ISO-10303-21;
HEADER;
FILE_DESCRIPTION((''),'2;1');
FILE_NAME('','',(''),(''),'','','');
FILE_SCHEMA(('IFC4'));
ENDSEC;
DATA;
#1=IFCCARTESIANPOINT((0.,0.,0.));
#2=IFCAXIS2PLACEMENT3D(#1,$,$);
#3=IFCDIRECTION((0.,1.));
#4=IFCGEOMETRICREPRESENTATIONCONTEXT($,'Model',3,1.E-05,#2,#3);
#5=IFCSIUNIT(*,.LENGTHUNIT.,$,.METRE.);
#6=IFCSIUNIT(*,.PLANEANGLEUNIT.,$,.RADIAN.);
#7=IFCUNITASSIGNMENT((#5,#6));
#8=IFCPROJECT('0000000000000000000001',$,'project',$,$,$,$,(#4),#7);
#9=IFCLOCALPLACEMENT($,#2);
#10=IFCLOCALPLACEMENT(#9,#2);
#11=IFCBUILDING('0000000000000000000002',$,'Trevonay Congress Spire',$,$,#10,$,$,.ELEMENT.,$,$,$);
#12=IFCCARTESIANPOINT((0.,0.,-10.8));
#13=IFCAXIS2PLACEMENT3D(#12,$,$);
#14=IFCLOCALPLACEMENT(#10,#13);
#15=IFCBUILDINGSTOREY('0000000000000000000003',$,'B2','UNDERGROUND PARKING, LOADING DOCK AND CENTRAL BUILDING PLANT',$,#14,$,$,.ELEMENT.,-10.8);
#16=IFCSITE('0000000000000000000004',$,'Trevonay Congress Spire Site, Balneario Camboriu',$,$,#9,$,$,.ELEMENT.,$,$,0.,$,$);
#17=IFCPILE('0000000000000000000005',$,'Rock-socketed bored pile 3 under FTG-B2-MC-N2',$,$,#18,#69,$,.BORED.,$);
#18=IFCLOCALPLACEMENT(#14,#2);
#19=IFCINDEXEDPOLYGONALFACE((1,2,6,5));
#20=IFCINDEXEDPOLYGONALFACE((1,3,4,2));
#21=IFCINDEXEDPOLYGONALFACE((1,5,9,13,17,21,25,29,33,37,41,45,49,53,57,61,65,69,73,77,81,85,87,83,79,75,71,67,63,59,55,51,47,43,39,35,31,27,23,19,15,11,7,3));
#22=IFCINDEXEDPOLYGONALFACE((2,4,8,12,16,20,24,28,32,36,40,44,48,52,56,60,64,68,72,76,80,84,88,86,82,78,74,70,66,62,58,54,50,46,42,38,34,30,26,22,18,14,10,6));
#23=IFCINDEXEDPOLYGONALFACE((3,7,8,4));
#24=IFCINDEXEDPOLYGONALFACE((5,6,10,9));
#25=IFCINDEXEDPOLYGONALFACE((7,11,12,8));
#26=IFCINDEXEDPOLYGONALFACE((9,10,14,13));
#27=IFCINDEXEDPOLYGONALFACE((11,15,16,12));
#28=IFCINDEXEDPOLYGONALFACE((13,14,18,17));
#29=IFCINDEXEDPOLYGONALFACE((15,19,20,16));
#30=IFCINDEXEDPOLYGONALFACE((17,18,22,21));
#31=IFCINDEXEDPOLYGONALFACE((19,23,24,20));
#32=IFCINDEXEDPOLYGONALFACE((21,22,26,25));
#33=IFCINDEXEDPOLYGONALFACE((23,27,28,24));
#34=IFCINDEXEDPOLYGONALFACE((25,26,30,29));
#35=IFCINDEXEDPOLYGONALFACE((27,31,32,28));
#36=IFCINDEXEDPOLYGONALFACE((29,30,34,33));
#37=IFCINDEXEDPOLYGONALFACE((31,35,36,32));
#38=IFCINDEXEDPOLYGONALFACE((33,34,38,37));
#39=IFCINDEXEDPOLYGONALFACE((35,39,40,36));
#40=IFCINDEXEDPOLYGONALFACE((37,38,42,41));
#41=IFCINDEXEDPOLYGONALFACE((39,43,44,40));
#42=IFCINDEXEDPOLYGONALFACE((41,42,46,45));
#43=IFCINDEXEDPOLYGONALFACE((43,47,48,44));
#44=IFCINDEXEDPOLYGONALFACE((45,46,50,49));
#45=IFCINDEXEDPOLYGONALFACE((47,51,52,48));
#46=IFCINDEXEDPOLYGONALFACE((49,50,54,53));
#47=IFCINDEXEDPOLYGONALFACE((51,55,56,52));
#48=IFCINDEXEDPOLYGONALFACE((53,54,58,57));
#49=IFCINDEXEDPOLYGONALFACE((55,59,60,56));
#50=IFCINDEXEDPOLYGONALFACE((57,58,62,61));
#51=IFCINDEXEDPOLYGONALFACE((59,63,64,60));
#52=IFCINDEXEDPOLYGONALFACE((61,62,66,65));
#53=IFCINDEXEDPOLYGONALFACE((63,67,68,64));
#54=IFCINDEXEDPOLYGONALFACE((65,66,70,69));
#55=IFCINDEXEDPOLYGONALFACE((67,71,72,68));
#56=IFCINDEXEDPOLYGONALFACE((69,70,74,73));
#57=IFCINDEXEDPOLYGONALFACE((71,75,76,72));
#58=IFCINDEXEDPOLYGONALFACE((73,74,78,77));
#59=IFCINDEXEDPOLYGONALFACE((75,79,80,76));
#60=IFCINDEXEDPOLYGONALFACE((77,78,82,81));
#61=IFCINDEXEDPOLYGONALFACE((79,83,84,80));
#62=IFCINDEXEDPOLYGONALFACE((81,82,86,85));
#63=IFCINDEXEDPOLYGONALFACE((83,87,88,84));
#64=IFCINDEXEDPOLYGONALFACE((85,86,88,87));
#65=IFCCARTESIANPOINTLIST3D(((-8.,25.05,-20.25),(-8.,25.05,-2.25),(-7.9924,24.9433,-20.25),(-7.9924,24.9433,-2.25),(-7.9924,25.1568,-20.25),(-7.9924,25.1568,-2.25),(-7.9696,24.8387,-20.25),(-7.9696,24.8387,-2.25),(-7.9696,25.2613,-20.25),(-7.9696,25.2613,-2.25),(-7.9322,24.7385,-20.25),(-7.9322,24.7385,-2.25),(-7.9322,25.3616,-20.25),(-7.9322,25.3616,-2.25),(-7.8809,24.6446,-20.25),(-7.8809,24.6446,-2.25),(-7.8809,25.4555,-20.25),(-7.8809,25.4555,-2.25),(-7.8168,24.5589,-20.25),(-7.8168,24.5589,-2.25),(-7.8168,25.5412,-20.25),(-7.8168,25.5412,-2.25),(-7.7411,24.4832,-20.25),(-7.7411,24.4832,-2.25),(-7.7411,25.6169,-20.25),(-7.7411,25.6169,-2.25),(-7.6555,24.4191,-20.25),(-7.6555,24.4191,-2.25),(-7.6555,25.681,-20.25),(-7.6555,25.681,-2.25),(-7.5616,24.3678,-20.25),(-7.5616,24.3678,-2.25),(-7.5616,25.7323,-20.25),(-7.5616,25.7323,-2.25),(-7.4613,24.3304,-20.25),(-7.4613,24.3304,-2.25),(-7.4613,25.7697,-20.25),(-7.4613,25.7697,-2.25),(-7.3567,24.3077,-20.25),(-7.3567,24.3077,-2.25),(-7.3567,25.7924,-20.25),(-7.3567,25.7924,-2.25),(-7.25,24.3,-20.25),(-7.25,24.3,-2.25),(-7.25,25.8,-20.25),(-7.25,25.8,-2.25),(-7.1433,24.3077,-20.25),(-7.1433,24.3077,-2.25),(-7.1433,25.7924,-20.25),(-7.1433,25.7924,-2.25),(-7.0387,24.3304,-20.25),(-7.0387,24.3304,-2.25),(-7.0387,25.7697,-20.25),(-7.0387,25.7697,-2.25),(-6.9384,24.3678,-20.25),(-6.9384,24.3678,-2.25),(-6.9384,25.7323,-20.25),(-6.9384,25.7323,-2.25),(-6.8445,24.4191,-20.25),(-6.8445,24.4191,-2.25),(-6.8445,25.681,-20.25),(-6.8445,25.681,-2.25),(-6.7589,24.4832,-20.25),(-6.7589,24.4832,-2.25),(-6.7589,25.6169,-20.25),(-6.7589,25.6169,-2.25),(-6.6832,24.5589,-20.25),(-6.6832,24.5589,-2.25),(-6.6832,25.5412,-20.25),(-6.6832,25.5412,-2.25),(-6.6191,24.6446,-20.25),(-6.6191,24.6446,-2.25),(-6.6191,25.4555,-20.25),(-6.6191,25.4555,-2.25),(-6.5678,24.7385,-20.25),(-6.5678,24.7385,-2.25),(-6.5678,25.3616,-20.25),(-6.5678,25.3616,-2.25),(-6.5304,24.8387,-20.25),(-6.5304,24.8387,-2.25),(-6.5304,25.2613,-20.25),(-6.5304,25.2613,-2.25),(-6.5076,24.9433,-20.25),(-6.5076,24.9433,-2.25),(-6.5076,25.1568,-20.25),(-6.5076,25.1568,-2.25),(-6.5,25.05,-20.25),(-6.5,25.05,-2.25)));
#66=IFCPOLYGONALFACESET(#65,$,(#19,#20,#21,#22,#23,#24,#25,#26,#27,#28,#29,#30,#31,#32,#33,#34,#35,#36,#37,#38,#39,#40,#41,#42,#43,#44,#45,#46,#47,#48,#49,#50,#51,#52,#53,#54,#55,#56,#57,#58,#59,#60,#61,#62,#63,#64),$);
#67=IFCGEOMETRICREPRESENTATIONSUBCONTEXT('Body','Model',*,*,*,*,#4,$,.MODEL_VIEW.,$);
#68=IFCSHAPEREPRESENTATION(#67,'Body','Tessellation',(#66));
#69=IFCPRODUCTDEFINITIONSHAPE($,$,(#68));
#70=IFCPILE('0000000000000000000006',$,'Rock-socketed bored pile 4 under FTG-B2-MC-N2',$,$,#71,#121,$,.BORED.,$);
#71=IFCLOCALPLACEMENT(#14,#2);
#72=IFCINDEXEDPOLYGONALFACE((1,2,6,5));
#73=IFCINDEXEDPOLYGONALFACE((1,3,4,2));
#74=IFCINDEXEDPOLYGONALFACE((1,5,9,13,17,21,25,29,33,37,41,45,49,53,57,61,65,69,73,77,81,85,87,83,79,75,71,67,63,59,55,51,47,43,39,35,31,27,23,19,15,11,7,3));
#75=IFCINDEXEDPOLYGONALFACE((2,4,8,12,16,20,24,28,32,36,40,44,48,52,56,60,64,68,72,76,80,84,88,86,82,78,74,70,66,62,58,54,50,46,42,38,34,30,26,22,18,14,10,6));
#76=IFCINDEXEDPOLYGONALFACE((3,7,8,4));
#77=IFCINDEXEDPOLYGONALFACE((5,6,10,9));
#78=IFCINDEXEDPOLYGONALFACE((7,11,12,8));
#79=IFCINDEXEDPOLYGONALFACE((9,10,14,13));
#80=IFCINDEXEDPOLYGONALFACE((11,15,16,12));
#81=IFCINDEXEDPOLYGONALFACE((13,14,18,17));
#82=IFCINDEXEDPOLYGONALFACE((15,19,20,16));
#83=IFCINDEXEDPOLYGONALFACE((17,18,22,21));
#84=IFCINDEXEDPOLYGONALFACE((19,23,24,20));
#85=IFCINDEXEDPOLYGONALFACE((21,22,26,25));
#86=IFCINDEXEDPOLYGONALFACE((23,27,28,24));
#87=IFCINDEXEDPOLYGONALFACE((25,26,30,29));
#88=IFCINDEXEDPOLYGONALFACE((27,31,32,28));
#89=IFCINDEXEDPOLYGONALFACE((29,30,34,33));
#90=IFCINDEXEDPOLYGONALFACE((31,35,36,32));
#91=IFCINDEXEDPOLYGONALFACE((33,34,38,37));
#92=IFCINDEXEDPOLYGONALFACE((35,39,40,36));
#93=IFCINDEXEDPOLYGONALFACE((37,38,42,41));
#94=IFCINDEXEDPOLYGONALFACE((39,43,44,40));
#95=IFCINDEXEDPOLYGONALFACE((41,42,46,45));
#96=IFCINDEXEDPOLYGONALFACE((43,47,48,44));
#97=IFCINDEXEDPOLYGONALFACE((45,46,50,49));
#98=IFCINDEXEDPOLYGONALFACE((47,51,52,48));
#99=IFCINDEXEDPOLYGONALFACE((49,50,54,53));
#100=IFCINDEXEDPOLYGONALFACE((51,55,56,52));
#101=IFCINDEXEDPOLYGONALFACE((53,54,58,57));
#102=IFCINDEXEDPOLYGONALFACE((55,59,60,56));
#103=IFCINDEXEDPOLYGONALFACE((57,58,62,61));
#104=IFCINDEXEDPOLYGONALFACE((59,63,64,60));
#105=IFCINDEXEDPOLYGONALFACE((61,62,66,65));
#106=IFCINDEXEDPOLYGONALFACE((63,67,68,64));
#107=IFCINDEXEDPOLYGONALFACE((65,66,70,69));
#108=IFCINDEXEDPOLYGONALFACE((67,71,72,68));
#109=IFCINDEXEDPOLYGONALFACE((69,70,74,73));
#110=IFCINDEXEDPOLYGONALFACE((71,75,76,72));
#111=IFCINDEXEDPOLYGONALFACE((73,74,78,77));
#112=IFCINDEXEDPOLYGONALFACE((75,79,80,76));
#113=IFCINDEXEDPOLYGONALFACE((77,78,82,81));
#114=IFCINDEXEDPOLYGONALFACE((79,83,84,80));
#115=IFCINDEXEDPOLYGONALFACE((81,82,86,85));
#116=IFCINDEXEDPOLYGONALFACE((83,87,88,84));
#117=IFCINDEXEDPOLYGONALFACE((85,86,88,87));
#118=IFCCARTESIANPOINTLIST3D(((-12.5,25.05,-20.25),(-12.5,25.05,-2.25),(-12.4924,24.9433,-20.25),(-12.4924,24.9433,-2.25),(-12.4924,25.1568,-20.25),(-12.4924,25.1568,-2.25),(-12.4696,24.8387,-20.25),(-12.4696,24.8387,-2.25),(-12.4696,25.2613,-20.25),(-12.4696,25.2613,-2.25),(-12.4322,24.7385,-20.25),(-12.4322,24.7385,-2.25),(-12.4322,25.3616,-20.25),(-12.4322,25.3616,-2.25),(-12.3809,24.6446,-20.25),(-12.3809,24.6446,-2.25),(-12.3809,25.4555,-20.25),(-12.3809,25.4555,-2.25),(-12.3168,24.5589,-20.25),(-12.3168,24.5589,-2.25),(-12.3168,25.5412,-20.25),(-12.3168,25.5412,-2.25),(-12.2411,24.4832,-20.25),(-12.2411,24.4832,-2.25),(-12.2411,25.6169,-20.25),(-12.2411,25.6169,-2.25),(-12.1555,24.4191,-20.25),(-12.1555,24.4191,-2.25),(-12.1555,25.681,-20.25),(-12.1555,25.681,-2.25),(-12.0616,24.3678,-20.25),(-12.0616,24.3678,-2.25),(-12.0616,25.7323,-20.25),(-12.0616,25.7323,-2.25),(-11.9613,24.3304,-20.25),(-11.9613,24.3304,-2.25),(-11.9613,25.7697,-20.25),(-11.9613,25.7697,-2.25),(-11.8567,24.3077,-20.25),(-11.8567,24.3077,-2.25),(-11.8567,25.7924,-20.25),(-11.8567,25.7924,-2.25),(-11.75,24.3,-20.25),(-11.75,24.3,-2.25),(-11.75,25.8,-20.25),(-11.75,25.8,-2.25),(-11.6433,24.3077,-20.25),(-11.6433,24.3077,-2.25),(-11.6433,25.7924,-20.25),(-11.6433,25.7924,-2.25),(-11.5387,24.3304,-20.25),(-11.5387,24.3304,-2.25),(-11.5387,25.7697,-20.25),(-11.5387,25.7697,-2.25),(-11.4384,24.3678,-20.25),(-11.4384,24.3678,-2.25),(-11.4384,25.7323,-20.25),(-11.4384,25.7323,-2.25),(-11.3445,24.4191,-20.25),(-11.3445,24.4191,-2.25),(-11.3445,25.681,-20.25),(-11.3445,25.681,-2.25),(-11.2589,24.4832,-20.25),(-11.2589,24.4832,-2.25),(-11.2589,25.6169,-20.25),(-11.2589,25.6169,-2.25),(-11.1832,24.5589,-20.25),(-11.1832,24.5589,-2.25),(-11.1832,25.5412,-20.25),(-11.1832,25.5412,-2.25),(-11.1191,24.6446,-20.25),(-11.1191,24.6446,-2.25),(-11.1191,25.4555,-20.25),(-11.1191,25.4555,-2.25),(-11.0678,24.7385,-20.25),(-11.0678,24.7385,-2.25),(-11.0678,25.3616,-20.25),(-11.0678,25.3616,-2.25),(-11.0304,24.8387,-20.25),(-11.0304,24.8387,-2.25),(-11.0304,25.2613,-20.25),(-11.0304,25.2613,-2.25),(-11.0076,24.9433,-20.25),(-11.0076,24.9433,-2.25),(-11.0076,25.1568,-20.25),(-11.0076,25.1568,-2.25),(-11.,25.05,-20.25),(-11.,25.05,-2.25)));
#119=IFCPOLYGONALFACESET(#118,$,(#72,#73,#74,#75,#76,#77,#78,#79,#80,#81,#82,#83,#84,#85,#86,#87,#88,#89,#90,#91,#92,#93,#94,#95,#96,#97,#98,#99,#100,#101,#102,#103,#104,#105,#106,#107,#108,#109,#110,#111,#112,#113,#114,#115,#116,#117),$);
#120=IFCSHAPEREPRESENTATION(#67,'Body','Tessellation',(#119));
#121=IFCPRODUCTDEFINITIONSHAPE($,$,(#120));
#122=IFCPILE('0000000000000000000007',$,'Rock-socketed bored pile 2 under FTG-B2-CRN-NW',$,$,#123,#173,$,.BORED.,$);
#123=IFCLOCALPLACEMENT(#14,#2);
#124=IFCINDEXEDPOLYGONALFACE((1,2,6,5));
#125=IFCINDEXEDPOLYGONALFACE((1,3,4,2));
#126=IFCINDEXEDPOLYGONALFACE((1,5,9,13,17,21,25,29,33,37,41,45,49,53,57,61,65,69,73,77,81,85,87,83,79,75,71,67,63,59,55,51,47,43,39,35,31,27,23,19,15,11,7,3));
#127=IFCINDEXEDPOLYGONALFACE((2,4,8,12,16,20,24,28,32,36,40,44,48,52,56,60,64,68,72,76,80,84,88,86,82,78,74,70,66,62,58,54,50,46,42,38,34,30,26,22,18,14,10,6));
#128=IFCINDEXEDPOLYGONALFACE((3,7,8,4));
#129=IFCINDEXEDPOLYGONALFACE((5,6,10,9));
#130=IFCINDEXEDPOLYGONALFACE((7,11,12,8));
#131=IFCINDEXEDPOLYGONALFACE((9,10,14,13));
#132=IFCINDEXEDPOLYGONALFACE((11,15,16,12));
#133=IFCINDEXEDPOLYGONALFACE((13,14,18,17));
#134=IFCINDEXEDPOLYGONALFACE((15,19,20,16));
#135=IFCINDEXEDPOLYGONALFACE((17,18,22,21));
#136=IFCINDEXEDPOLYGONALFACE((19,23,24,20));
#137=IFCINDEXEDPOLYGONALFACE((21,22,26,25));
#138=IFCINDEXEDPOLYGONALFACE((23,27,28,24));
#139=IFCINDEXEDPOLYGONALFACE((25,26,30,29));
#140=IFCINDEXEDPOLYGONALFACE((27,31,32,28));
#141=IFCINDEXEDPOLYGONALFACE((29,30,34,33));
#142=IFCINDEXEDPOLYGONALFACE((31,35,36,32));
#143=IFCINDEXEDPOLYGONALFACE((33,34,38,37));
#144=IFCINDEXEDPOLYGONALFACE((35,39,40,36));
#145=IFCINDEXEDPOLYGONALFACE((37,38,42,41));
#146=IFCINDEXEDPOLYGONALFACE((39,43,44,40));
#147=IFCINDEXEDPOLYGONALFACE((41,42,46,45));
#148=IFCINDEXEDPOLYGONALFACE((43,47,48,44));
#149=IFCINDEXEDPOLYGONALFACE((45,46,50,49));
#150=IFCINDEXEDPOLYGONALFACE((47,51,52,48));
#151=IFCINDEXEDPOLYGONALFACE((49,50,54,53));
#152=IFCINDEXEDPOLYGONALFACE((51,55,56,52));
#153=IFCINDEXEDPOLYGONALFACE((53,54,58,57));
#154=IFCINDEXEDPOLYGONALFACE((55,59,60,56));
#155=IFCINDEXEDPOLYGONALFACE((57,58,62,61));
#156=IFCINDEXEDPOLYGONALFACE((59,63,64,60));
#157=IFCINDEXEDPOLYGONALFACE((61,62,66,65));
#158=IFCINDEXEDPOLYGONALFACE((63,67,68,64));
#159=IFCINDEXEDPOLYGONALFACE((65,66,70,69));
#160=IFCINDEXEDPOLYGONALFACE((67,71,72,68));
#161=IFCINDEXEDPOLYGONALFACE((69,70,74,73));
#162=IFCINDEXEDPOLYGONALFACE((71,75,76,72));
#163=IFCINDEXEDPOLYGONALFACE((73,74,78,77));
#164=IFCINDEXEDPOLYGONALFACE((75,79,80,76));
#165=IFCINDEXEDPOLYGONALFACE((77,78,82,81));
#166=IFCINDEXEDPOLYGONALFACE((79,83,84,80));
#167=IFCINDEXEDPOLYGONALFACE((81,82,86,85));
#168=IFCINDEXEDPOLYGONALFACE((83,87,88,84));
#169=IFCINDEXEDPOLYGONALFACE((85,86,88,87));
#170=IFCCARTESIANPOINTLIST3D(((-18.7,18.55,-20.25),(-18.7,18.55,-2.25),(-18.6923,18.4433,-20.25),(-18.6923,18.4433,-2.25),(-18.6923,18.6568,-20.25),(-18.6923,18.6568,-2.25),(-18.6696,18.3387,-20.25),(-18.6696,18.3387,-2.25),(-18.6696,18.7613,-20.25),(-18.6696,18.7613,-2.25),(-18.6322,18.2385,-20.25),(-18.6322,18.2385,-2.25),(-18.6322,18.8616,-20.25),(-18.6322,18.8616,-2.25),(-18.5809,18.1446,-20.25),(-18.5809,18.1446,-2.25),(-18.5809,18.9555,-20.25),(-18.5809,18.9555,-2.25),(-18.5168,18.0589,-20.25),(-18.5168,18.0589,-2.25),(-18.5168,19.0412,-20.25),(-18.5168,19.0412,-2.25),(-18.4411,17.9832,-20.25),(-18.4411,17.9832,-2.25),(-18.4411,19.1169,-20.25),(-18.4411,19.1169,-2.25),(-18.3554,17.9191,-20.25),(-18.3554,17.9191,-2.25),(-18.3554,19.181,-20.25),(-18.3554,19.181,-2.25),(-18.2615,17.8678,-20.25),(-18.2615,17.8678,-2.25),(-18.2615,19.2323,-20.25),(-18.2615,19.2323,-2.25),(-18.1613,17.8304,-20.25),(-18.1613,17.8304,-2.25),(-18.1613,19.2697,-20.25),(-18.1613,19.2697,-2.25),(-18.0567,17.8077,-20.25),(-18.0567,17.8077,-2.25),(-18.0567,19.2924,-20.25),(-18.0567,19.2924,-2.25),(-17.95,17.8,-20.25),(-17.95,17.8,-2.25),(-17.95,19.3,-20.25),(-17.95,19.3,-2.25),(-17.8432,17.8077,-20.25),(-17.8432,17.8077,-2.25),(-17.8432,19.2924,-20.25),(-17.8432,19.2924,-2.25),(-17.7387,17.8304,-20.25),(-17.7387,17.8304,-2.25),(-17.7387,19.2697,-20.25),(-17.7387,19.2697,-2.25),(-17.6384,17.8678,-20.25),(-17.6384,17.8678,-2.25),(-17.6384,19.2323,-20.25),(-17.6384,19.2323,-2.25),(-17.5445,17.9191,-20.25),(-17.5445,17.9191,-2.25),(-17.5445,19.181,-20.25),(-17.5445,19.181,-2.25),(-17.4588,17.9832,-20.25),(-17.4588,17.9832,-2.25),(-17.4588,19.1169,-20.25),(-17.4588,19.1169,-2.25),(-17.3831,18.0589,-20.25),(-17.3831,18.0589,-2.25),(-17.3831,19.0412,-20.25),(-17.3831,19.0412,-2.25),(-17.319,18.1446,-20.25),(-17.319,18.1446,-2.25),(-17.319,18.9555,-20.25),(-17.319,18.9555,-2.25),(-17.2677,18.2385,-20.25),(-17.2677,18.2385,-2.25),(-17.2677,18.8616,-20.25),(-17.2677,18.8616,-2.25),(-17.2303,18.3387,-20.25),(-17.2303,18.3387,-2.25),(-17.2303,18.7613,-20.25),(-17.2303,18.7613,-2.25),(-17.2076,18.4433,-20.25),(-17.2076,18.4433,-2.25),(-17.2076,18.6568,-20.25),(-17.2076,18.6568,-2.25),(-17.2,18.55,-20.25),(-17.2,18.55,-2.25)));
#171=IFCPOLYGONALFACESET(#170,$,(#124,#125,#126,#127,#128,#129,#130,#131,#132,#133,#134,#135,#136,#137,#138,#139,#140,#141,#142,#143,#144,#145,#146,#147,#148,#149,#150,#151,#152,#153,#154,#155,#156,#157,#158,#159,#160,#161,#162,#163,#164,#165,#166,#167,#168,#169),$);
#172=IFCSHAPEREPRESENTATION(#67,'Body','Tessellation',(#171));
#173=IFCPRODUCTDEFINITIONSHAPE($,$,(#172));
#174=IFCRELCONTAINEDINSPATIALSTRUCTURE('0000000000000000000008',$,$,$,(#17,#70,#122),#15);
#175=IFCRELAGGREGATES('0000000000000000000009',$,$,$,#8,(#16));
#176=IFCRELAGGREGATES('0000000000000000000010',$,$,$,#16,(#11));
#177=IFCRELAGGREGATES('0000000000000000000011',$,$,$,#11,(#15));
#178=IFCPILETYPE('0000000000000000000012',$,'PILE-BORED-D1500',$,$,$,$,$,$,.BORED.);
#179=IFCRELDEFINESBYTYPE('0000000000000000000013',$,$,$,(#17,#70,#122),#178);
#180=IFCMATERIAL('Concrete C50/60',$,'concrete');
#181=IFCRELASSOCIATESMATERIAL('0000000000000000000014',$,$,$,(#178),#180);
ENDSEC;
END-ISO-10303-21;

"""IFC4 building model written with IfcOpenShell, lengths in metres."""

from ifc_helpers import new_model, si_unit, direction, frame, origin, origin_2d, place, context, subcontext, project, spatial, circle, extrude, material, material_profile, profile_set, type_object, element, save


model = new_model("IFC4")

# Units and contexts
model_context = context("Model", 3, precision=1e-05, world=origin(), true_north=direction((0.0, 1.0)))
body_context = subcontext(model_context, "Body", "Model", "MODEL_VIEW")
ifc_project = project(units=[si_unit("LENGTHUNIT", "METRE"), si_unit("PLANEANGLEUNIT", "RADIAN")], contexts=[model_context])

# Site, building, storey
site_placement = place(None, origin())
site = spatial("IfcSite", under=ifc_project, at=site_placement, Name="Trevonay Congress Spire Site, Balneario Camboriu", CompositionType="ELEMENT", RefElevation=0.0)
building_placement = place(site_placement, origin())
building = spatial("IfcBuilding", under=site, at=building_placement, Name="Trevonay Congress Spire", CompositionType="ELEMENT")
storey_placement = place(building_placement, frame((0.0, 0.0, -10.8)))
storey = spatial("IfcBuildingStorey", under=building, at=storey_placement, Name="B2", Description="UNDERGROUND PARKING, LOADING DOCK AND CENTRAL BUILDING PLANT", CompositionType="ELEMENT", Elevation=-10.8)

# Shared definitions
ifc_material_1 = material(Name="Concrete C50/60", Category="concrete")

# Piles
ifc_material_profile_1 = material_profile(ifc_material_1, circle(Radius=0.75, at=origin_2d()), Name="PILE D1500")
ifc_profile_set_1 = profile_set([ifc_material_profile_1], Name="Concrete C50/60")
pile_type_1 = type_object("IfcPileType", Name="PILE-BORED-D1500", PredefinedType="BORED", material=ifc_profile_set_1)
for number, where, z_axis, x_axis, name in (
    (1, (-7.25, 25.05, -2.25), (0.0, 0.0, -1.0), (1.0, 0.0, 0.0), "Rock-socketed bored pile 3 under FTG-B2-MC-N2"),
    (2, (-11.75, 25.05, -2.25), (0.0, 0.0, -1.0), (1.0, 0.0, 0.0), "Rock-socketed bored pile 4 under FTG-B2-MC-N2"),
    (3, (-17.95, 18.55, -2.25), (0.0, 0.0, -1.0), (1.0, 0.0, 0.0), "Rock-socketed bored pile 2 under FTG-B2-CRN-NW"),
):
    element("IfcPile", number, at=place(storey_placement, frame(where, z_axis=z_axis, x_axis=x_axis)), inside=storey, type_object=pile_type_1, Name=name, PredefinedType="BORED", context=body_context, shape_type="SweptSolid", body=[
        extrude(circle(Radius=0.75, at=origin_2d()), origin(), (0.0, 0.0, 1.0), 18.0),
    ])

save(model, "model.ifc")
